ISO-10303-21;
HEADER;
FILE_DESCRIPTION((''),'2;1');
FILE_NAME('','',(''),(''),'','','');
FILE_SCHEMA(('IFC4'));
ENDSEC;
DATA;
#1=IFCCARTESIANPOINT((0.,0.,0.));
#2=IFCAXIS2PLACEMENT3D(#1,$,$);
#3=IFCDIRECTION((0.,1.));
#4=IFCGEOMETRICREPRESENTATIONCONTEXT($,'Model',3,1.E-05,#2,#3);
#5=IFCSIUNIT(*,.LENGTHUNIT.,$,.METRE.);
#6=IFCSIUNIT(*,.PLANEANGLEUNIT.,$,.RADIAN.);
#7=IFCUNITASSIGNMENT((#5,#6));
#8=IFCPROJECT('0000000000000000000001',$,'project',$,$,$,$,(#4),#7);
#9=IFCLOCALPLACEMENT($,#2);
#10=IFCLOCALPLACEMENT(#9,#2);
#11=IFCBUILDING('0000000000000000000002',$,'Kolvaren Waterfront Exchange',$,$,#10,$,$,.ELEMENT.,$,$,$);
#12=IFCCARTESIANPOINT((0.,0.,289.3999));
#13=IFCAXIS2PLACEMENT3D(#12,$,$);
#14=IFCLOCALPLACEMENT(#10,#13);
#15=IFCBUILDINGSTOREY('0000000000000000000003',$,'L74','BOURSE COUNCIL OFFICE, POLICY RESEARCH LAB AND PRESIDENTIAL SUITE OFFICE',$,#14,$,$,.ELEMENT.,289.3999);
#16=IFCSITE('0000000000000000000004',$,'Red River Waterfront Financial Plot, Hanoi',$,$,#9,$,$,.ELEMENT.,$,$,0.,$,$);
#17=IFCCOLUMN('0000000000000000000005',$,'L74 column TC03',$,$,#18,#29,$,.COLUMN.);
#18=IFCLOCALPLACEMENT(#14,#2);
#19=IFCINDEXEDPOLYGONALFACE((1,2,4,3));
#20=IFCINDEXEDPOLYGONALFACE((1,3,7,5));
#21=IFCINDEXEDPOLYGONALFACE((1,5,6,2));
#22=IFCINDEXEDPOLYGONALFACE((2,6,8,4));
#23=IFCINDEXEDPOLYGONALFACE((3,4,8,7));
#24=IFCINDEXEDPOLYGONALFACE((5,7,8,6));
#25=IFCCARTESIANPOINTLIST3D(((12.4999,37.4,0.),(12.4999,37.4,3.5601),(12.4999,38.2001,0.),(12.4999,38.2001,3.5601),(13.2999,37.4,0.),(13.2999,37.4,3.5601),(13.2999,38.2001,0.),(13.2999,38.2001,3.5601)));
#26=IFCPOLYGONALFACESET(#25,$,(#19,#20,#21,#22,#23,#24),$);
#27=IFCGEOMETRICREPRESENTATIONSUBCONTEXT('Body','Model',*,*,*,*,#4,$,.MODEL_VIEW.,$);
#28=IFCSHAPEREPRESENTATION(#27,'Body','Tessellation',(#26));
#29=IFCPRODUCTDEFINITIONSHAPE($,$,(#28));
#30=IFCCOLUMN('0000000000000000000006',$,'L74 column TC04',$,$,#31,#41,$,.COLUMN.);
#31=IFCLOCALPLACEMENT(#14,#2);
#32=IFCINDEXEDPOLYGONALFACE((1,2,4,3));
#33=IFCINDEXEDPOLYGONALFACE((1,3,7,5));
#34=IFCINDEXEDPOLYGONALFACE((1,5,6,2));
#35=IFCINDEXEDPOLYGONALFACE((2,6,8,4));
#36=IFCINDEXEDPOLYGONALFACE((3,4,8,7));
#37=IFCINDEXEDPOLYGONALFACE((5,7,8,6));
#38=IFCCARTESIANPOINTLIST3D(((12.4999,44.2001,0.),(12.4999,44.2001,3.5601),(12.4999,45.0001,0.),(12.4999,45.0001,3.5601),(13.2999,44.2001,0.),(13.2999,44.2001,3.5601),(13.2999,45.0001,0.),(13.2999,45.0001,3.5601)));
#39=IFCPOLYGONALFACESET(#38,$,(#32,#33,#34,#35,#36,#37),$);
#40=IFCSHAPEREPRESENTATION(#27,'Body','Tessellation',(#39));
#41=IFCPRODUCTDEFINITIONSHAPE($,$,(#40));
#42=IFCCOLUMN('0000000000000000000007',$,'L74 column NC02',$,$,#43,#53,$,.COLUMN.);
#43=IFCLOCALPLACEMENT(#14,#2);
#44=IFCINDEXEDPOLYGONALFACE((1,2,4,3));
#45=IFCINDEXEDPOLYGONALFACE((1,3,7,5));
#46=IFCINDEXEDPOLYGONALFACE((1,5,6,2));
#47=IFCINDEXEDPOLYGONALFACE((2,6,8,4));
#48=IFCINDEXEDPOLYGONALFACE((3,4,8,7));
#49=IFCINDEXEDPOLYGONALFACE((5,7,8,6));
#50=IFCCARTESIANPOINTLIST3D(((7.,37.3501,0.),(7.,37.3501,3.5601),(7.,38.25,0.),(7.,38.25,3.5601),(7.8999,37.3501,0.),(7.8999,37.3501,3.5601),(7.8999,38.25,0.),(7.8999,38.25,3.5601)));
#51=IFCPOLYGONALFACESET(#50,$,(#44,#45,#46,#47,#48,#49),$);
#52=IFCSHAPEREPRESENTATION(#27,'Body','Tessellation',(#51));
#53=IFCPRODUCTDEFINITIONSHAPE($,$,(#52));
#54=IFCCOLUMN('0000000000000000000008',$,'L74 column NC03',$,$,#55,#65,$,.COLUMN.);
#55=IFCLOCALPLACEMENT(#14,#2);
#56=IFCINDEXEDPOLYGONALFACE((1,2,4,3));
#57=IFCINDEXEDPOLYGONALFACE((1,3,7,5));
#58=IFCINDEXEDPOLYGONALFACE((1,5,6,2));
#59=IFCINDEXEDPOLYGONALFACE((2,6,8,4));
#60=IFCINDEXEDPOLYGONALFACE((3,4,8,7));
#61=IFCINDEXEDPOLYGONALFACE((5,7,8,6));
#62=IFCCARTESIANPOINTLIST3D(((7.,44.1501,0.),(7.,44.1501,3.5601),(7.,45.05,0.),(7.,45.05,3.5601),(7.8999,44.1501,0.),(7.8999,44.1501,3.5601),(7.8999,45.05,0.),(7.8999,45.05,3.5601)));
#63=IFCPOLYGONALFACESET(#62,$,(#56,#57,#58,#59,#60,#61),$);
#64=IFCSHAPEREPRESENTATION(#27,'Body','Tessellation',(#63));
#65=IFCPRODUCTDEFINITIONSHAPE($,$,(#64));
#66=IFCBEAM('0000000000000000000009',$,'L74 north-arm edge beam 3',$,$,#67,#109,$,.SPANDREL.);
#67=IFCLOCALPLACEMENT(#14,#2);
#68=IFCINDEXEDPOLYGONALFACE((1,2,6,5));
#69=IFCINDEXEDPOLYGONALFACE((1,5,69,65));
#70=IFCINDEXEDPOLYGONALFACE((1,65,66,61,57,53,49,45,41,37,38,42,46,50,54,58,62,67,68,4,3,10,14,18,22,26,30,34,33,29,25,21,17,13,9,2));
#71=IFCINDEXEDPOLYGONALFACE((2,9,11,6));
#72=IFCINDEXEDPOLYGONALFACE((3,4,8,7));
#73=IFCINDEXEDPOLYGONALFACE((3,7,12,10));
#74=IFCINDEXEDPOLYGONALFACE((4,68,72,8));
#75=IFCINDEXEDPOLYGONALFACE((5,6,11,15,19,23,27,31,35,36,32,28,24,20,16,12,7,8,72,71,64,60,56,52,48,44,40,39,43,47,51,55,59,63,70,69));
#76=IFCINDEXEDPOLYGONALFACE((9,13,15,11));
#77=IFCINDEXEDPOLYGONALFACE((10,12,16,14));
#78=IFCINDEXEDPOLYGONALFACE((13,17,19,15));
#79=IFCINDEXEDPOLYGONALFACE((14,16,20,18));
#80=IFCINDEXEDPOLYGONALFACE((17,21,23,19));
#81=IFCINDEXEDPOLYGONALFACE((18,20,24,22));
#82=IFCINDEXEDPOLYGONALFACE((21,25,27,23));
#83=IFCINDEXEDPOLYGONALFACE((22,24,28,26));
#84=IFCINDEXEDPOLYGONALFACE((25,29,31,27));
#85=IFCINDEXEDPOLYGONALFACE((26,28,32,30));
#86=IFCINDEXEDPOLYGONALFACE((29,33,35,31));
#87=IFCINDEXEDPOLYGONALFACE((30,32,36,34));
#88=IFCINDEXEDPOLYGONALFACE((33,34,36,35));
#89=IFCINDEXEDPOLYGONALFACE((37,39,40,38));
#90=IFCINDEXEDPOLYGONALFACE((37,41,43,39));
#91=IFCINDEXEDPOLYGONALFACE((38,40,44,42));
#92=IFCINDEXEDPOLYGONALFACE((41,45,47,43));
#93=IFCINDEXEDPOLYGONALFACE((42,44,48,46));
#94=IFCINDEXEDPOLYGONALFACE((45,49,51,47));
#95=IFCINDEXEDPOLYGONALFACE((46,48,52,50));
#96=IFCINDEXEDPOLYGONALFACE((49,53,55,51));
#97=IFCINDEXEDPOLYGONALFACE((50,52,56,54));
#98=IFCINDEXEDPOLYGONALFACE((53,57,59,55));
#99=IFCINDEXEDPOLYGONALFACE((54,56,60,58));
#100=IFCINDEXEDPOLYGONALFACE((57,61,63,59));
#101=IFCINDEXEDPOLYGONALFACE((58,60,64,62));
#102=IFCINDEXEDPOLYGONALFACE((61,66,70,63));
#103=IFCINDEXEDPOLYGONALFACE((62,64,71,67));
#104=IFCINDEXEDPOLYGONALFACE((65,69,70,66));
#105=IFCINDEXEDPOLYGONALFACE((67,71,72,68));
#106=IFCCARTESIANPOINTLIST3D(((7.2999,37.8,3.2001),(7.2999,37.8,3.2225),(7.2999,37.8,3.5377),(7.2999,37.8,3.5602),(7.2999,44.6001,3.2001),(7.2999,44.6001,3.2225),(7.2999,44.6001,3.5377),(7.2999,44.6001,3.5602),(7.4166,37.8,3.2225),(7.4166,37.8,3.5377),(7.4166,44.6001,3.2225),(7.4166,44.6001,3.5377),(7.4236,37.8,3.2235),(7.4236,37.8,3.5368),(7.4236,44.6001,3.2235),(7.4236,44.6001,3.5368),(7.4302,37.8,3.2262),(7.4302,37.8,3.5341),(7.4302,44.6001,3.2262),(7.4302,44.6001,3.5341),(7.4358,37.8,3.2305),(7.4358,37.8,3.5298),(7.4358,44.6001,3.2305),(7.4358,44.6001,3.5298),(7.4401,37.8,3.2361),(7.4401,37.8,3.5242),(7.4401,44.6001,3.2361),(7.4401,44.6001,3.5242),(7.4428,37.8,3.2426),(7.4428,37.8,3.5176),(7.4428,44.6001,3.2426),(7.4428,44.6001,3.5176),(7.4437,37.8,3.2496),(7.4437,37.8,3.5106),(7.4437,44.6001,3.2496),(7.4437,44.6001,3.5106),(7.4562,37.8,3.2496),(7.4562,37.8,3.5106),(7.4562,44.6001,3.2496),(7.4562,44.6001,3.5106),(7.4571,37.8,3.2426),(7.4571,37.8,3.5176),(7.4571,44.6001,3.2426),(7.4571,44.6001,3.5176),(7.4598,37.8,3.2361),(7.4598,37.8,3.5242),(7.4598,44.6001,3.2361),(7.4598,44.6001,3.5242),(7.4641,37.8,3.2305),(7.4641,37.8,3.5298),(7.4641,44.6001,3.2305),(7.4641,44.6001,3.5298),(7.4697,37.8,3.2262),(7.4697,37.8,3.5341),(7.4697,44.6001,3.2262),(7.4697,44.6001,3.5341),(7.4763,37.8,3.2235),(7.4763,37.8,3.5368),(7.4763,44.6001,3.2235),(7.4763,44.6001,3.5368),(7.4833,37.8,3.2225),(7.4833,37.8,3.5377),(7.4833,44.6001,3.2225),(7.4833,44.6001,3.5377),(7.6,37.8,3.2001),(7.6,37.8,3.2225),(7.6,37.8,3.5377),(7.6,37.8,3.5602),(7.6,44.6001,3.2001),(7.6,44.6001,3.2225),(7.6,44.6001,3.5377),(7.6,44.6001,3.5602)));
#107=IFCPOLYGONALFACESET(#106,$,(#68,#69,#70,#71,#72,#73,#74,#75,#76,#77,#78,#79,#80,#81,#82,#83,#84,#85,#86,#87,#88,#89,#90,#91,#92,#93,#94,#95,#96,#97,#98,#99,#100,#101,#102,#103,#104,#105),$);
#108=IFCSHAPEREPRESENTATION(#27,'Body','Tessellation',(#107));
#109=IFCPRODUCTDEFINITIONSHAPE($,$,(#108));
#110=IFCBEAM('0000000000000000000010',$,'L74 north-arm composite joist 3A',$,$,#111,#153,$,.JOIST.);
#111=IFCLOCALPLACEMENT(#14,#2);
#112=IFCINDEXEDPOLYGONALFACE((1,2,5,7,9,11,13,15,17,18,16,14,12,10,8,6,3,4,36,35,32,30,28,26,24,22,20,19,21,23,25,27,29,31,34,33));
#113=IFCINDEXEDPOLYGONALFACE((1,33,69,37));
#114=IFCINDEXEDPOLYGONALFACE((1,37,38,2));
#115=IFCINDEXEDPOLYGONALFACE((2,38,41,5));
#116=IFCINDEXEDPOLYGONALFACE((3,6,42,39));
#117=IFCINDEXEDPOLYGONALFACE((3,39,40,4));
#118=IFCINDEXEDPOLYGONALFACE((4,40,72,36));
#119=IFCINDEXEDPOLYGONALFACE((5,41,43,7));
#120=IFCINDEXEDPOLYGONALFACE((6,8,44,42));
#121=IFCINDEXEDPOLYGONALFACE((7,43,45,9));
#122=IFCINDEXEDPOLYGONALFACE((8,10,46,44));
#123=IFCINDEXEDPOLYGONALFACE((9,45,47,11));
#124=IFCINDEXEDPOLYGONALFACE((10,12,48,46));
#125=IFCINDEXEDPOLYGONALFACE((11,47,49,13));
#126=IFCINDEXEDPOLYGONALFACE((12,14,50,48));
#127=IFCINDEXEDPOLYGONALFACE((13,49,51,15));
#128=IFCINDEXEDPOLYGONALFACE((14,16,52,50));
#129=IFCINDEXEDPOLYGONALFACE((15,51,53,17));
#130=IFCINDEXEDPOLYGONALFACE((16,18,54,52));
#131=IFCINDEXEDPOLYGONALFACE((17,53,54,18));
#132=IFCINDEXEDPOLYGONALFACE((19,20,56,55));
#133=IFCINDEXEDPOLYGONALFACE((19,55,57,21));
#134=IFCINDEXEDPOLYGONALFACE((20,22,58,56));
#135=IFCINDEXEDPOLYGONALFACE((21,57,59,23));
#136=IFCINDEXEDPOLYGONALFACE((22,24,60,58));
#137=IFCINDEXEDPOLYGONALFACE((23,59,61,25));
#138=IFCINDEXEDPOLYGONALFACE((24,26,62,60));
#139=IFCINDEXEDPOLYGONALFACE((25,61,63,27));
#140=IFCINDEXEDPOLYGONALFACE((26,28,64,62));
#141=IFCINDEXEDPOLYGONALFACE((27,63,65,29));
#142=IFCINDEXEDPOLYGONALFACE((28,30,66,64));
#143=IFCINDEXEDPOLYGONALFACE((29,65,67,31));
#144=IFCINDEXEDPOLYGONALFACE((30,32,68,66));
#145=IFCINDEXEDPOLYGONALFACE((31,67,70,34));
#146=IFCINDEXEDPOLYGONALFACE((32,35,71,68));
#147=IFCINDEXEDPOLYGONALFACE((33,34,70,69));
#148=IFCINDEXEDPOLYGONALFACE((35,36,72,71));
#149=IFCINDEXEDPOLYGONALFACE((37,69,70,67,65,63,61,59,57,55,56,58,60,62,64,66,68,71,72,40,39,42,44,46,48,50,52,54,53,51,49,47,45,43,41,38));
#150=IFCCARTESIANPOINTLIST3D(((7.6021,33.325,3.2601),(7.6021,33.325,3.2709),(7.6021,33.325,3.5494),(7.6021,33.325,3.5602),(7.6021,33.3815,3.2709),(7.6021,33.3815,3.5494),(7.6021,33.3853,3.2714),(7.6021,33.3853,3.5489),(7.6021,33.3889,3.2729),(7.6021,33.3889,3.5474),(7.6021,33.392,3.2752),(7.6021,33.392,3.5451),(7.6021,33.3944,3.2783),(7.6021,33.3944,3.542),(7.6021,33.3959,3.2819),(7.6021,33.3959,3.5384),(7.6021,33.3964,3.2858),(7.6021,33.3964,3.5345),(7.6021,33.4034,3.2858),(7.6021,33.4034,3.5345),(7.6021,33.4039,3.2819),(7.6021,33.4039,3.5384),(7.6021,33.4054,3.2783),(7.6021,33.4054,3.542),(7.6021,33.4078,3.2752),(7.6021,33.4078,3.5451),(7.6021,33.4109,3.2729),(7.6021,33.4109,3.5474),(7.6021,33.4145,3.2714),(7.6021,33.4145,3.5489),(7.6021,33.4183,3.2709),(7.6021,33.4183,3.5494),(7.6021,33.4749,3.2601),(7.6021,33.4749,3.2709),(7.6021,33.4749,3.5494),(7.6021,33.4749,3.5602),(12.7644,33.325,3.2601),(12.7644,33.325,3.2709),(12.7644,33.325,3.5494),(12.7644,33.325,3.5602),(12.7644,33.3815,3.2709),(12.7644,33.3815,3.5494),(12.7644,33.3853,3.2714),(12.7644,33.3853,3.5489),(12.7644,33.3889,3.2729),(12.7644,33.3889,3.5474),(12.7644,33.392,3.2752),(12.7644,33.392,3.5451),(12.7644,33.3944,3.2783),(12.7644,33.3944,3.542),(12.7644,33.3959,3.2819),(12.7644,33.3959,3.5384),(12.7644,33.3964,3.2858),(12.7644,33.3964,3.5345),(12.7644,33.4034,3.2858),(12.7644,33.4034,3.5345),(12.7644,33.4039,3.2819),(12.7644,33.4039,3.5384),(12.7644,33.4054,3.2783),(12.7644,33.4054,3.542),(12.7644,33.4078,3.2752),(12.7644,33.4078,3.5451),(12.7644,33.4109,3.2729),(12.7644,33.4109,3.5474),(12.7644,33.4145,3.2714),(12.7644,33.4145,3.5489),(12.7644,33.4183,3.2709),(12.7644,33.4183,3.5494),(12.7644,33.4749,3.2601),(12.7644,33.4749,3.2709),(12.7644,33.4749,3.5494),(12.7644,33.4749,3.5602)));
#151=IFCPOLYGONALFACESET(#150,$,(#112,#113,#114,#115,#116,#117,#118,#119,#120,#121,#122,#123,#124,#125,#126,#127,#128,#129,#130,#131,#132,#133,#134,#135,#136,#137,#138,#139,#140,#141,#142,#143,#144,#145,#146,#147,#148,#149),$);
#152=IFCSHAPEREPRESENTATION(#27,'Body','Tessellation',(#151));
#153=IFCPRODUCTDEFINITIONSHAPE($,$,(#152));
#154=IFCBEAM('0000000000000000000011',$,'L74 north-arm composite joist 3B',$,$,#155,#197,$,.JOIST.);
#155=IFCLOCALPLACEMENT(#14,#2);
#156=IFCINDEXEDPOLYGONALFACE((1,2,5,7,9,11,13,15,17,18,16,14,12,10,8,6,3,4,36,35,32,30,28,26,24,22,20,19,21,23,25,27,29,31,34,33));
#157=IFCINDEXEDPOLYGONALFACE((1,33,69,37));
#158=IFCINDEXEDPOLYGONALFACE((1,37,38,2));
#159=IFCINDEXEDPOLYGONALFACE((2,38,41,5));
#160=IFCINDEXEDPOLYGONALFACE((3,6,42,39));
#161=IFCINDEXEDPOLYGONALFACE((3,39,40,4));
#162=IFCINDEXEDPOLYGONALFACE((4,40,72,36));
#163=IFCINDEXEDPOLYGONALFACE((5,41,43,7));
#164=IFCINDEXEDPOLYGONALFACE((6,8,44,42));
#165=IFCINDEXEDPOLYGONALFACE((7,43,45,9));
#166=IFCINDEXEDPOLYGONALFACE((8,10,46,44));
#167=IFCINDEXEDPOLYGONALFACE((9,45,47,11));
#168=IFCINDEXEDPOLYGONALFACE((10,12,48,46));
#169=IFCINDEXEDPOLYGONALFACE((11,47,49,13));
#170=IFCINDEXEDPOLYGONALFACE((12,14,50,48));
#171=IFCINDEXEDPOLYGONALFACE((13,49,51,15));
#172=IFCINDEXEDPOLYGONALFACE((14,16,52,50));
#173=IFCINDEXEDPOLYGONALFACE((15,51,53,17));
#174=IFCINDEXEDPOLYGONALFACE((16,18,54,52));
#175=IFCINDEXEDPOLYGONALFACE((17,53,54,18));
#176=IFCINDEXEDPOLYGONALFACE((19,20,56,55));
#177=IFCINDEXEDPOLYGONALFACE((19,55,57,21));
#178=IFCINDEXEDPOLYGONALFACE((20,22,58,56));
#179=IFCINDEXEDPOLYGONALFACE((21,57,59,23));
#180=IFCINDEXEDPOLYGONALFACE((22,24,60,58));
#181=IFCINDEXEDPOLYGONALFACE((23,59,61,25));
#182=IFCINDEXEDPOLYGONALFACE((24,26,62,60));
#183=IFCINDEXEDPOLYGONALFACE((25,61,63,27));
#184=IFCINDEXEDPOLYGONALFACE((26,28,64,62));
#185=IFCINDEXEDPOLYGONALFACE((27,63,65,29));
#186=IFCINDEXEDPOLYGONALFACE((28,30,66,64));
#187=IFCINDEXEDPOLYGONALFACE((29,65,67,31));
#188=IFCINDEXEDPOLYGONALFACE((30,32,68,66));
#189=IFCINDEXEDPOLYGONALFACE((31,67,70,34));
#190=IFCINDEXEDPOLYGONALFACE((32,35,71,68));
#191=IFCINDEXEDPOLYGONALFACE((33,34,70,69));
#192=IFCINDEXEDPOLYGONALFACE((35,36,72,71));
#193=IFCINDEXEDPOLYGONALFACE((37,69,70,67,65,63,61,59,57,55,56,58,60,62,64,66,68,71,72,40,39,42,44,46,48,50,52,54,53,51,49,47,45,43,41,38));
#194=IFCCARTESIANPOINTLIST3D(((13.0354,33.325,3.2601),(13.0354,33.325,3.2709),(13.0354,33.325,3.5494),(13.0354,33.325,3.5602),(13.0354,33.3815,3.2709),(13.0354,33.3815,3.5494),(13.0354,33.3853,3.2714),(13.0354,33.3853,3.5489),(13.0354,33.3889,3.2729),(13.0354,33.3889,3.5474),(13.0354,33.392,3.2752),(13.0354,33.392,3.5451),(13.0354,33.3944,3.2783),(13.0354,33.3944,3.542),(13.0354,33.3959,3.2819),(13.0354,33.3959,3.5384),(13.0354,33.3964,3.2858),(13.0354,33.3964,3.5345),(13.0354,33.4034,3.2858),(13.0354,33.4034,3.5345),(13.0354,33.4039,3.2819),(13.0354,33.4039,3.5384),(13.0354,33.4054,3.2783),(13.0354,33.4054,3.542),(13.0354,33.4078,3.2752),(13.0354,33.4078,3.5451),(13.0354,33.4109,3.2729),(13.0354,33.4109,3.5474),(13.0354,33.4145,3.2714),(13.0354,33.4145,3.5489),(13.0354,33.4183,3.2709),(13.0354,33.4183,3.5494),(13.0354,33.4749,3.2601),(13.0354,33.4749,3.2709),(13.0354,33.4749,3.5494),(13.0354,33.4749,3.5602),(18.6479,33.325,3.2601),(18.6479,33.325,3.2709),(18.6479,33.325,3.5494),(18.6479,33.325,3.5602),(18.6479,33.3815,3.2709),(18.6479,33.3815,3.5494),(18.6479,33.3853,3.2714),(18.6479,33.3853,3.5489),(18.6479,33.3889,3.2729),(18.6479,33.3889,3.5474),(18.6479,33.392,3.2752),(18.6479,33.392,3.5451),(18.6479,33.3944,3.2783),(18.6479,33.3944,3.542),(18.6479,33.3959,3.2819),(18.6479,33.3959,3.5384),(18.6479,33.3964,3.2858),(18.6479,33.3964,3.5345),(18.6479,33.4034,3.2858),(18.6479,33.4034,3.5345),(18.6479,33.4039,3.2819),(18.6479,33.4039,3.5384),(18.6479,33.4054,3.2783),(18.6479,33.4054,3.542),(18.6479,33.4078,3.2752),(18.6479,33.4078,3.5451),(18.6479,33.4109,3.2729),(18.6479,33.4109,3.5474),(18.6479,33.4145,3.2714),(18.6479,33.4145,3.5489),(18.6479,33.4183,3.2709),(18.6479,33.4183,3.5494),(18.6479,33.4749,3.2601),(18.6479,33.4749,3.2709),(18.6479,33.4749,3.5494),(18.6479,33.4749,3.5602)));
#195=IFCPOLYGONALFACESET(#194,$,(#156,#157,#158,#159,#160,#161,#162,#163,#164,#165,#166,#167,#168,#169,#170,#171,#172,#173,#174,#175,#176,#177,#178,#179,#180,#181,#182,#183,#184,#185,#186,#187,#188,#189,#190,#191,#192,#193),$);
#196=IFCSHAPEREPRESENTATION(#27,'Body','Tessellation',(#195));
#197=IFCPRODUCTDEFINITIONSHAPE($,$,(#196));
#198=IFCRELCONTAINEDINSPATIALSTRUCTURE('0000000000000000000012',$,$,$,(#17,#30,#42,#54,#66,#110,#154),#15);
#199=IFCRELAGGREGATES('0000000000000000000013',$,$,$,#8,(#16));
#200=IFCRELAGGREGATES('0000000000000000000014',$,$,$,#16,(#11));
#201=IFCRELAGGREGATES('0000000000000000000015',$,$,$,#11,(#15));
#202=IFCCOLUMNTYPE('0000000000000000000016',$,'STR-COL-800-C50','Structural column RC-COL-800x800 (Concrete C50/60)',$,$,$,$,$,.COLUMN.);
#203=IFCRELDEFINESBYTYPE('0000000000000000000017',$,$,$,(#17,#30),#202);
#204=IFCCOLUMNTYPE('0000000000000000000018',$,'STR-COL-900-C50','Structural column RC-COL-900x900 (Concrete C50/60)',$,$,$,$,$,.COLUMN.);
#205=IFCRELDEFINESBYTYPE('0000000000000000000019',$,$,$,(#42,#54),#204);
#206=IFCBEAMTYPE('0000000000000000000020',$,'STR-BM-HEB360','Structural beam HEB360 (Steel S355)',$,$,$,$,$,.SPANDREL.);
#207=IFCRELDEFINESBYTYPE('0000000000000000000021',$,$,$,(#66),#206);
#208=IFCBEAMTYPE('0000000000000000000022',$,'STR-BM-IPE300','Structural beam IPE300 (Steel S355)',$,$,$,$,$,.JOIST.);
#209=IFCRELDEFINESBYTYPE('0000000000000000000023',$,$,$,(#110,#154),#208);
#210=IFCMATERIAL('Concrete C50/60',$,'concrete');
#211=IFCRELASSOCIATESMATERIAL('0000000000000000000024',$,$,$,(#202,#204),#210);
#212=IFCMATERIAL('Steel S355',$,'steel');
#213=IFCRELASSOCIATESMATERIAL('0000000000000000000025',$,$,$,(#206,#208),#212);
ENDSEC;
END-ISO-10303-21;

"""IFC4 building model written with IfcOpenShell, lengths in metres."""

from ifc_helpers import new_model, si_unit, direction, frame, origin, origin_2d, place, context, subcontext, project, spatial, rectangle, i_section, extrude, material, material_profile, profile_set, type_object, element, save


model = new_model("IFC4")

# Units and contexts
model_context = context("Model", 3, precision=1e-05, world=origin(), true_north=direction((0.0, 1.0)))
body_context = subcontext(model_context, "Body", "Model", "MODEL_VIEW")
ifc_project = project(units=[si_unit("LENGTHUNIT", "METRE"), si_unit("PLANEANGLEUNIT", "RADIAN")], contexts=[model_context])

# Site, building, storey
site_placement = place(None, origin())
site = spatial("IfcSite", under=ifc_project, at=site_placement, Name="Red River Waterfront Financial Plot, Hanoi", CompositionType="ELEMENT", RefElevation=0.0)
building_placement = place(site_placement, origin())
building = spatial("IfcBuilding", under=site, at=building_placement, Name="Kolvaren Waterfront Exchange", CompositionType="ELEMENT")
storey_placement = place(building_placement, frame((0.0, 0.0, 289.3999)))
storey = spatial("IfcBuildingStorey", under=building, at=storey_placement, Name="L74", Description="BOURSE COUNCIL OFFICE, POLICY RESEARCH LAB AND PRESIDENTIAL SUITE OFFICE", CompositionType="ELEMENT", Elevation=289.3999)

# Columns
ifc_material_1 = material(Name="Concrete C50/60", Category="concrete")
ifc_material_profile_1 = material_profile(ifc_material_1, rectangle(XDim=0.8, YDim=0.8, at=origin_2d()), Name="RC-COL-800x800")
ifc_profile_set_1 = profile_set([ifc_material_profile_1], Name="Concrete C50/60")
column_type_1 = type_object("IfcColumnType", Name="STR-COL-800-C50", Description="Structural column RC-COL-800x800 (Concrete C50/60)", PredefinedType="COLUMN", material=ifc_profile_set_1)
for number, where, z_axis, x_axis, name in (
    (1, (12.8999, 37.8, 0.0), (0.0, 0.0, 1.0), (1.0, 0.0, 0.0), "L74 column TC03"),
    (2, (12.8999, 44.6001, 0.0), (0.0, 0.0, 1.0), (1.0, 0.0, 0.0), "L74 column TC04"),
):
    element("IfcColumn", number, at=place(storey_placement, frame(where, z_axis=z_axis, x_axis=x_axis)), inside=storey, type_object=column_type_1, Name=name, PredefinedType="COLUMN", context=body_context, shape_type="SweptSolid", body=[
        extrude(rectangle(XDim=0.8, YDim=0.8, at=origin_2d()), origin(), (0.0, 0.0, 1.0), 3.5601),
    ])
ifc_material_profile_2 = material_profile(ifc_material_1, rectangle(XDim=0.8999, YDim=0.8999, at=origin_2d()), Name="RC-COL-900x900")
ifc_profile_set_2 = profile_set([ifc_material_profile_2], Name="Concrete C50/60")
column_type_2 = type_object("IfcColumnType", Name="STR-COL-900-C50", Description="Structural column RC-COL-900x900 (Concrete C50/60)", PredefinedType="COLUMN", material=ifc_profile_set_2)
for number, where, z_axis, x_axis, name in (
    (3, (7.45, 37.8, 0.0), (0.0, 0.0, 1.0), (1.0, 0.0, 0.0), "L74 column NC02"),
    (4, (7.45, 44.6001, 0.0), (0.0, 0.0, 1.0), (1.0, 0.0, 0.0), "L74 column NC03"),
):
    element("IfcColumn", number, at=place(storey_placement, frame(where, z_axis=z_axis, x_axis=x_axis)), inside=storey, type_object=column_type_2, Name=name, PredefinedType="COLUMN", context=body_context, shape_type="SweptSolid", body=[
        extrude(rectangle(XDim=0.8999, YDim=0.8999, at=origin_2d()), origin(), (0.0, 0.0, 1.0), 3.5601),
    ])

# Beams
ifc_material_2 = material(Name="Steel S355", Category="steel")
ifc_material_profile_3 = material_profile(ifc_material_2, i_section(OverallWidth=0.3, OverallDepth=0.3601, WebThickness=0.0125, FlangeThickness=0.0225, FilletRadius=0.0271, at=origin_2d()), Name="HEB360")
ifc_profile_set_3 = profile_set([ifc_material_profile_3], Name="Steel S355")
beam_type_1 = type_object("IfcBeamType", Name="STR-BM-HEB360", Description="Structural beam HEB360 (Steel S355)", PredefinedType="SPANDREL", material=ifc_profile_set_3)
beam_1_placement = place(storey_placement, frame((7.45, 37.8, 3.3801), z_axis=(0.0, 1.0, 0.0), x_axis=(-1.0, 0.0, 0.0)))
element("IfcBeam", 5, at=beam_1_placement, inside=storey, type_object=beam_type_1, Name="L74 north-arm edge beam 3", PredefinedType="SPANDREL", context=body_context, shape_type="SweptSolid", body=[
    extrude(i_section(OverallWidth=0.3, OverallDepth=0.3601, WebThickness=0.0125, FlangeThickness=0.0225, FilletRadius=0.0271, at=origin_2d()), origin(), (0.0, 0.0, 1.0), 6.8),
])
ifc_material_profile_4 = material_profile(ifc_material_2, i_section(OverallWidth=0.1499, OverallDepth=0.3, WebThickness=0.0071, FlangeThickness=0.0107, FilletRadius=0.0149, at=origin_2d()), Name="IPE300")
ifc_profile_set_4 = profile_set([ifc_material_profile_4], Name="Steel S355")
beam_type_2 = type_object("IfcBeamType", Name="STR-BM-IPE300", Description="Structural beam IPE300 (Steel S355)", PredefinedType="JOIST", material=ifc_profile_set_4)
beam_2_placement = place(storey_placement, frame((7.6021, 33.3999, 3.4102), z_axis=(1.0, 0.0, 0.0), x_axis=(0.0, 1.0, 0.0)))
element("IfcBeam", 6, at=beam_2_placement, inside=storey, type_object=beam_type_2, Name="L74 north-arm composite joist 3A", PredefinedType="JOIST", context=body_context, shape_type="SweptSolid", body=[
    extrude(i_section(OverallWidth=0.1499, OverallDepth=0.3, WebThickness=0.0071, FlangeThickness=0.0107, FilletRadius=0.0149, at=origin_2d()), origin(), (0.0, 0.0, 1.0), 5.1624),
])
beam_3_placement = place(storey_placement, frame((13.0354, 33.3999, 3.4102), z_axis=(1.0, 0.0, 0.0), x_axis=(0.0, 1.0, 0.0)))
element("IfcBeam", 7, at=beam_3_placement, inside=storey, type_object=beam_type_2, Name="L74 north-arm composite joist 3B", PredefinedType="JOIST", context=body_context, shape_type="SweptSolid", body=[
    extrude(i_section(OverallWidth=0.1499, OverallDepth=0.3, WebThickness=0.0071, FlangeThickness=0.0107, FilletRadius=0.0149, at=origin_2d()), origin(), (0.0, 0.0, 1.0), 5.6125),
])

save(model, "model.ifc")
